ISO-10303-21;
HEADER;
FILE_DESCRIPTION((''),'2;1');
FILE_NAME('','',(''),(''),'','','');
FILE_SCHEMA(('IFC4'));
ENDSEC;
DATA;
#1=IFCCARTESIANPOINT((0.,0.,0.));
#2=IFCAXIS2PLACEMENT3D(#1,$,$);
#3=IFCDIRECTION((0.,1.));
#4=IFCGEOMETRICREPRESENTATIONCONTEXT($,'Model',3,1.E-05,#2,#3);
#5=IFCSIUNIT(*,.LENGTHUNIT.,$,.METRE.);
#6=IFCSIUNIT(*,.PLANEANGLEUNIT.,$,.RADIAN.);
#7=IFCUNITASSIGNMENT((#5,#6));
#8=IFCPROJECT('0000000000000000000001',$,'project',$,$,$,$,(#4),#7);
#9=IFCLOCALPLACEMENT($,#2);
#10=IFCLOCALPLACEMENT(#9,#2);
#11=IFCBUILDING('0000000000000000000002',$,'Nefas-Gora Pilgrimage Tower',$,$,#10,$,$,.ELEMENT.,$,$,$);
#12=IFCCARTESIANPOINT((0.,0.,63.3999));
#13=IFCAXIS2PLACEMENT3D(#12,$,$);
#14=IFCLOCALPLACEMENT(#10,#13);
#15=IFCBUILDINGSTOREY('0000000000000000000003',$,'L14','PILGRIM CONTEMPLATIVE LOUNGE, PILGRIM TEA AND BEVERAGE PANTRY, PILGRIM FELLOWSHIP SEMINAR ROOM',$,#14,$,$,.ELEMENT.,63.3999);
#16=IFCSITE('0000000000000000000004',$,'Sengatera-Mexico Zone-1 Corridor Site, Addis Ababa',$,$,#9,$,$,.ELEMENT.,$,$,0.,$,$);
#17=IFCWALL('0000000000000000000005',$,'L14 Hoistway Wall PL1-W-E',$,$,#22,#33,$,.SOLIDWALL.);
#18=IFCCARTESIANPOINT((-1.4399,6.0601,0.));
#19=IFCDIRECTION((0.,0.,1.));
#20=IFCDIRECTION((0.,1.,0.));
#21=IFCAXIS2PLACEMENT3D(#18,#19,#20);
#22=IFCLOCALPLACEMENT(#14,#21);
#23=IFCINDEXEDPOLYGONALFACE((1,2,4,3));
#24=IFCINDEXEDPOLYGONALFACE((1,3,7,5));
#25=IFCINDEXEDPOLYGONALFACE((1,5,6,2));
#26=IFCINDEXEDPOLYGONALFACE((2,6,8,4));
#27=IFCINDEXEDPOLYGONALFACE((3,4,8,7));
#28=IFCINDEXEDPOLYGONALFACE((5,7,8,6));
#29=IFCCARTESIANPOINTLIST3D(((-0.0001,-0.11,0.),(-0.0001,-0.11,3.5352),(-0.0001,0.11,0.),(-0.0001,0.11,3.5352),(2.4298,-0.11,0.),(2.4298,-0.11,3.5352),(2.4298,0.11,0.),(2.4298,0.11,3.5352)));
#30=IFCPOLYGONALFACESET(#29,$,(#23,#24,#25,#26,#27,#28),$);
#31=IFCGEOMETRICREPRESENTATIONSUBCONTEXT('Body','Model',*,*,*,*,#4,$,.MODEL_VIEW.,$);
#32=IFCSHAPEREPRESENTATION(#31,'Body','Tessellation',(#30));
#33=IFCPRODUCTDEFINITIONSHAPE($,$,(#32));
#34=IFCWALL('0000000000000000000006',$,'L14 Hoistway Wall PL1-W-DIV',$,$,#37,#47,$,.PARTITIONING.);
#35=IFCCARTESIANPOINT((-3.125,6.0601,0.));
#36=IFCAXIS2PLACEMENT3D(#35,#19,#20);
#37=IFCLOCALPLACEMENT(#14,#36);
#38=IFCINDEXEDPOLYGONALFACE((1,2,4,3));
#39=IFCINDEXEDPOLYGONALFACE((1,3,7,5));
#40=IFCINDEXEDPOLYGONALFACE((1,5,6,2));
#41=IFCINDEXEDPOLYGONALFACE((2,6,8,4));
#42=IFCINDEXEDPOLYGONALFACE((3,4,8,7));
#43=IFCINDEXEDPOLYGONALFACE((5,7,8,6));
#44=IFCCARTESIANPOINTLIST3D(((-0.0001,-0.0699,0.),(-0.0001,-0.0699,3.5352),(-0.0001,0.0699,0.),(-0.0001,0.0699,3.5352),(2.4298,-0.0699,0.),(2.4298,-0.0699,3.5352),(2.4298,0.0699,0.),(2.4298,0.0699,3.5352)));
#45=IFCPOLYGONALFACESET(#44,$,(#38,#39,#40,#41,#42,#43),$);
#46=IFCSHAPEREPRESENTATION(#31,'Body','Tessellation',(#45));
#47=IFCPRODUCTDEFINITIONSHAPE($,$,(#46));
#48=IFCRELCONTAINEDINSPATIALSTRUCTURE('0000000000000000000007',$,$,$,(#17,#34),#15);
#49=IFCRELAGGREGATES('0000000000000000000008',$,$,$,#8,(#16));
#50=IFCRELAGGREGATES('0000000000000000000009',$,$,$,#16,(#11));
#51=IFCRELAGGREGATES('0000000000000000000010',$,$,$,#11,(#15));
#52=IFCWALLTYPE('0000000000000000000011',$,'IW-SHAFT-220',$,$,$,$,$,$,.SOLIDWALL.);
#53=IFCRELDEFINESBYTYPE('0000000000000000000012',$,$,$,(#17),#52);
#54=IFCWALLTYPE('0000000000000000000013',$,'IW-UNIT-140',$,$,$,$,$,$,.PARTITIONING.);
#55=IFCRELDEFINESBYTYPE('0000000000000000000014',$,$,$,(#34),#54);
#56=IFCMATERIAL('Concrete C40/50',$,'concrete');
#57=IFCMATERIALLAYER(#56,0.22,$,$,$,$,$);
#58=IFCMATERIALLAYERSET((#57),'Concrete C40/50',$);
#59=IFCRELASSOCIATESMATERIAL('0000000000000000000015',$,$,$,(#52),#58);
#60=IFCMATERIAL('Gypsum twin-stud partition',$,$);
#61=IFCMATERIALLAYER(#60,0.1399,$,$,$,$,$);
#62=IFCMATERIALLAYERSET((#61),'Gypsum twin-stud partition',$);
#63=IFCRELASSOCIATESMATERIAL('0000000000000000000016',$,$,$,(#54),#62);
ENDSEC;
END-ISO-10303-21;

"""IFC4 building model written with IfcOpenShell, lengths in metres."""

from ifc_helpers import new_model, si_unit, direction, frame, frame_2d, origin, place, context, subcontext, project, spatial, rectangle, extrude, source, transform, mapped, material, layer, layer_set, type_object, element, save


model = new_model("IFC4")

# Units and contexts
model_context = context("Model", 3, precision=1e-05, world=origin(), true_north=direction((0.0, 1.0)))
body_context = subcontext(model_context, "Body", "Model", "MODEL_VIEW")
ifc_project = project(units=[si_unit("LENGTHUNIT", "METRE"), si_unit("PLANEANGLEUNIT", "RADIAN")], contexts=[model_context])

# Site, building, storey
site_placement = place(None, origin())
site = spatial("IfcSite", under=ifc_project, at=site_placement, Name="Sengatera-Mexico Zone-1 Corridor Site, Addis Ababa", CompositionType="ELEMENT", RefElevation=0.0)
building_placement = place(site_placement, origin())
building = spatial("IfcBuilding", under=site, at=building_placement, Name="Nefas-Gora Pilgrimage Tower", CompositionType="ELEMENT")
storey_placement = place(building_placement, frame((0.0, 0.0, 63.3999)))
storey = spatial("IfcBuildingStorey", under=building, at=storey_placement, Name="L14", Description="PILGRIM CONTEMPLATIVE LOUNGE, PILGRIM TEA AND BEVERAGE PANTRY, PILGRIM FELLOWSHIP SEMINAR ROOM", CompositionType="ELEMENT", Elevation=63.3999)

# Shared definitions
ifc_material_1 = material(Name="Concrete C40/50", Category="concrete")

# Shared definitions
ifc_layer_1 = layer(ifc_material_1, 0.22)
ifc_layer_set_1 = layer_set([ifc_layer_1], Name="Concrete C40/50")
wall_type_1 = type_object("IfcWallType", Name="IW-SHAFT-220", PredefinedType="SOLIDWALL", material=ifc_layer_set_1)

# Walls
shared_shape_1 = source(origin(), body_context, "Body", "SweptSolid", [
    extrude(rectangle(XDim=2.4299, YDim=0.22, at=frame_2d((1.2148, 0.0))), origin(), (0.0, 0.0, 1.0), 3.5352),
])
for number, where, z_axis, x_axis, name in (
    (1, (-1.4399, 6.0601, 0.0), (0.0, 0.0, 1.0), (0.0, 1.0, 0.0), "L14 Hoistway Wall PL1-W-E"),
):
    element("IfcWall", number, at=place(storey_placement, frame(where, z_axis=z_axis, x_axis=x_axis)), inside=storey, type_object=wall_type_1, Name=name, PredefinedType="SOLIDWALL", context=body_context, shape_type="MappedRepresentation", body=[
        mapped(shared_shape_1, transform((0.0, 0.0, 0.0), x_axis=(1.0, 0.0, 0.0), y_axis=(0.0, 1.0, 0.0), z_axis=(0.0, 0.0, 1.0), scale=1.0)),
    ])
ifc_material_2 = material(Name="Gypsum twin-stud partition")
ifc_layer_2 = layer(ifc_material_2, 0.1399)
ifc_layer_set_2 = layer_set([ifc_layer_2], Name="Gypsum twin-stud partition")
wall_type_2 = type_object("IfcWallType", Name="IW-UNIT-140", PredefinedType="PARTITIONING", material=ifc_layer_set_2)
shared_shape_2 = source(origin(), body_context, "Body", "SweptSolid", [
    extrude(rectangle(XDim=2.4299, YDim=0.1399, at=frame_2d((1.2148, 0.0))), origin(), (0.0, 0.0, 1.0), 3.5352),
])
wall_1_placement = place(storey_placement, frame((-3.125, 6.0601, 0.0), z_axis=(0.0, 0.0, 1.0), x_axis=(0.0, 1.0, 0.0)))
element("IfcWall", 2, at=wall_1_placement, inside=storey, type_object=wall_type_2, Name="L14 Hoistway Wall PL1-W-DIV", PredefinedType="PARTITIONING", context=body_context, shape_type="MappedRepresentation", body=[
    mapped(shared_shape_2, transform((0.0, 0.0, 0.0), x_axis=(1.0, 0.0, 0.0), y_axis=(0.0, 1.0, 0.0), z_axis=(0.0, 0.0, 1.0), scale=1.0)),
])

save(model, "model.ifc")
